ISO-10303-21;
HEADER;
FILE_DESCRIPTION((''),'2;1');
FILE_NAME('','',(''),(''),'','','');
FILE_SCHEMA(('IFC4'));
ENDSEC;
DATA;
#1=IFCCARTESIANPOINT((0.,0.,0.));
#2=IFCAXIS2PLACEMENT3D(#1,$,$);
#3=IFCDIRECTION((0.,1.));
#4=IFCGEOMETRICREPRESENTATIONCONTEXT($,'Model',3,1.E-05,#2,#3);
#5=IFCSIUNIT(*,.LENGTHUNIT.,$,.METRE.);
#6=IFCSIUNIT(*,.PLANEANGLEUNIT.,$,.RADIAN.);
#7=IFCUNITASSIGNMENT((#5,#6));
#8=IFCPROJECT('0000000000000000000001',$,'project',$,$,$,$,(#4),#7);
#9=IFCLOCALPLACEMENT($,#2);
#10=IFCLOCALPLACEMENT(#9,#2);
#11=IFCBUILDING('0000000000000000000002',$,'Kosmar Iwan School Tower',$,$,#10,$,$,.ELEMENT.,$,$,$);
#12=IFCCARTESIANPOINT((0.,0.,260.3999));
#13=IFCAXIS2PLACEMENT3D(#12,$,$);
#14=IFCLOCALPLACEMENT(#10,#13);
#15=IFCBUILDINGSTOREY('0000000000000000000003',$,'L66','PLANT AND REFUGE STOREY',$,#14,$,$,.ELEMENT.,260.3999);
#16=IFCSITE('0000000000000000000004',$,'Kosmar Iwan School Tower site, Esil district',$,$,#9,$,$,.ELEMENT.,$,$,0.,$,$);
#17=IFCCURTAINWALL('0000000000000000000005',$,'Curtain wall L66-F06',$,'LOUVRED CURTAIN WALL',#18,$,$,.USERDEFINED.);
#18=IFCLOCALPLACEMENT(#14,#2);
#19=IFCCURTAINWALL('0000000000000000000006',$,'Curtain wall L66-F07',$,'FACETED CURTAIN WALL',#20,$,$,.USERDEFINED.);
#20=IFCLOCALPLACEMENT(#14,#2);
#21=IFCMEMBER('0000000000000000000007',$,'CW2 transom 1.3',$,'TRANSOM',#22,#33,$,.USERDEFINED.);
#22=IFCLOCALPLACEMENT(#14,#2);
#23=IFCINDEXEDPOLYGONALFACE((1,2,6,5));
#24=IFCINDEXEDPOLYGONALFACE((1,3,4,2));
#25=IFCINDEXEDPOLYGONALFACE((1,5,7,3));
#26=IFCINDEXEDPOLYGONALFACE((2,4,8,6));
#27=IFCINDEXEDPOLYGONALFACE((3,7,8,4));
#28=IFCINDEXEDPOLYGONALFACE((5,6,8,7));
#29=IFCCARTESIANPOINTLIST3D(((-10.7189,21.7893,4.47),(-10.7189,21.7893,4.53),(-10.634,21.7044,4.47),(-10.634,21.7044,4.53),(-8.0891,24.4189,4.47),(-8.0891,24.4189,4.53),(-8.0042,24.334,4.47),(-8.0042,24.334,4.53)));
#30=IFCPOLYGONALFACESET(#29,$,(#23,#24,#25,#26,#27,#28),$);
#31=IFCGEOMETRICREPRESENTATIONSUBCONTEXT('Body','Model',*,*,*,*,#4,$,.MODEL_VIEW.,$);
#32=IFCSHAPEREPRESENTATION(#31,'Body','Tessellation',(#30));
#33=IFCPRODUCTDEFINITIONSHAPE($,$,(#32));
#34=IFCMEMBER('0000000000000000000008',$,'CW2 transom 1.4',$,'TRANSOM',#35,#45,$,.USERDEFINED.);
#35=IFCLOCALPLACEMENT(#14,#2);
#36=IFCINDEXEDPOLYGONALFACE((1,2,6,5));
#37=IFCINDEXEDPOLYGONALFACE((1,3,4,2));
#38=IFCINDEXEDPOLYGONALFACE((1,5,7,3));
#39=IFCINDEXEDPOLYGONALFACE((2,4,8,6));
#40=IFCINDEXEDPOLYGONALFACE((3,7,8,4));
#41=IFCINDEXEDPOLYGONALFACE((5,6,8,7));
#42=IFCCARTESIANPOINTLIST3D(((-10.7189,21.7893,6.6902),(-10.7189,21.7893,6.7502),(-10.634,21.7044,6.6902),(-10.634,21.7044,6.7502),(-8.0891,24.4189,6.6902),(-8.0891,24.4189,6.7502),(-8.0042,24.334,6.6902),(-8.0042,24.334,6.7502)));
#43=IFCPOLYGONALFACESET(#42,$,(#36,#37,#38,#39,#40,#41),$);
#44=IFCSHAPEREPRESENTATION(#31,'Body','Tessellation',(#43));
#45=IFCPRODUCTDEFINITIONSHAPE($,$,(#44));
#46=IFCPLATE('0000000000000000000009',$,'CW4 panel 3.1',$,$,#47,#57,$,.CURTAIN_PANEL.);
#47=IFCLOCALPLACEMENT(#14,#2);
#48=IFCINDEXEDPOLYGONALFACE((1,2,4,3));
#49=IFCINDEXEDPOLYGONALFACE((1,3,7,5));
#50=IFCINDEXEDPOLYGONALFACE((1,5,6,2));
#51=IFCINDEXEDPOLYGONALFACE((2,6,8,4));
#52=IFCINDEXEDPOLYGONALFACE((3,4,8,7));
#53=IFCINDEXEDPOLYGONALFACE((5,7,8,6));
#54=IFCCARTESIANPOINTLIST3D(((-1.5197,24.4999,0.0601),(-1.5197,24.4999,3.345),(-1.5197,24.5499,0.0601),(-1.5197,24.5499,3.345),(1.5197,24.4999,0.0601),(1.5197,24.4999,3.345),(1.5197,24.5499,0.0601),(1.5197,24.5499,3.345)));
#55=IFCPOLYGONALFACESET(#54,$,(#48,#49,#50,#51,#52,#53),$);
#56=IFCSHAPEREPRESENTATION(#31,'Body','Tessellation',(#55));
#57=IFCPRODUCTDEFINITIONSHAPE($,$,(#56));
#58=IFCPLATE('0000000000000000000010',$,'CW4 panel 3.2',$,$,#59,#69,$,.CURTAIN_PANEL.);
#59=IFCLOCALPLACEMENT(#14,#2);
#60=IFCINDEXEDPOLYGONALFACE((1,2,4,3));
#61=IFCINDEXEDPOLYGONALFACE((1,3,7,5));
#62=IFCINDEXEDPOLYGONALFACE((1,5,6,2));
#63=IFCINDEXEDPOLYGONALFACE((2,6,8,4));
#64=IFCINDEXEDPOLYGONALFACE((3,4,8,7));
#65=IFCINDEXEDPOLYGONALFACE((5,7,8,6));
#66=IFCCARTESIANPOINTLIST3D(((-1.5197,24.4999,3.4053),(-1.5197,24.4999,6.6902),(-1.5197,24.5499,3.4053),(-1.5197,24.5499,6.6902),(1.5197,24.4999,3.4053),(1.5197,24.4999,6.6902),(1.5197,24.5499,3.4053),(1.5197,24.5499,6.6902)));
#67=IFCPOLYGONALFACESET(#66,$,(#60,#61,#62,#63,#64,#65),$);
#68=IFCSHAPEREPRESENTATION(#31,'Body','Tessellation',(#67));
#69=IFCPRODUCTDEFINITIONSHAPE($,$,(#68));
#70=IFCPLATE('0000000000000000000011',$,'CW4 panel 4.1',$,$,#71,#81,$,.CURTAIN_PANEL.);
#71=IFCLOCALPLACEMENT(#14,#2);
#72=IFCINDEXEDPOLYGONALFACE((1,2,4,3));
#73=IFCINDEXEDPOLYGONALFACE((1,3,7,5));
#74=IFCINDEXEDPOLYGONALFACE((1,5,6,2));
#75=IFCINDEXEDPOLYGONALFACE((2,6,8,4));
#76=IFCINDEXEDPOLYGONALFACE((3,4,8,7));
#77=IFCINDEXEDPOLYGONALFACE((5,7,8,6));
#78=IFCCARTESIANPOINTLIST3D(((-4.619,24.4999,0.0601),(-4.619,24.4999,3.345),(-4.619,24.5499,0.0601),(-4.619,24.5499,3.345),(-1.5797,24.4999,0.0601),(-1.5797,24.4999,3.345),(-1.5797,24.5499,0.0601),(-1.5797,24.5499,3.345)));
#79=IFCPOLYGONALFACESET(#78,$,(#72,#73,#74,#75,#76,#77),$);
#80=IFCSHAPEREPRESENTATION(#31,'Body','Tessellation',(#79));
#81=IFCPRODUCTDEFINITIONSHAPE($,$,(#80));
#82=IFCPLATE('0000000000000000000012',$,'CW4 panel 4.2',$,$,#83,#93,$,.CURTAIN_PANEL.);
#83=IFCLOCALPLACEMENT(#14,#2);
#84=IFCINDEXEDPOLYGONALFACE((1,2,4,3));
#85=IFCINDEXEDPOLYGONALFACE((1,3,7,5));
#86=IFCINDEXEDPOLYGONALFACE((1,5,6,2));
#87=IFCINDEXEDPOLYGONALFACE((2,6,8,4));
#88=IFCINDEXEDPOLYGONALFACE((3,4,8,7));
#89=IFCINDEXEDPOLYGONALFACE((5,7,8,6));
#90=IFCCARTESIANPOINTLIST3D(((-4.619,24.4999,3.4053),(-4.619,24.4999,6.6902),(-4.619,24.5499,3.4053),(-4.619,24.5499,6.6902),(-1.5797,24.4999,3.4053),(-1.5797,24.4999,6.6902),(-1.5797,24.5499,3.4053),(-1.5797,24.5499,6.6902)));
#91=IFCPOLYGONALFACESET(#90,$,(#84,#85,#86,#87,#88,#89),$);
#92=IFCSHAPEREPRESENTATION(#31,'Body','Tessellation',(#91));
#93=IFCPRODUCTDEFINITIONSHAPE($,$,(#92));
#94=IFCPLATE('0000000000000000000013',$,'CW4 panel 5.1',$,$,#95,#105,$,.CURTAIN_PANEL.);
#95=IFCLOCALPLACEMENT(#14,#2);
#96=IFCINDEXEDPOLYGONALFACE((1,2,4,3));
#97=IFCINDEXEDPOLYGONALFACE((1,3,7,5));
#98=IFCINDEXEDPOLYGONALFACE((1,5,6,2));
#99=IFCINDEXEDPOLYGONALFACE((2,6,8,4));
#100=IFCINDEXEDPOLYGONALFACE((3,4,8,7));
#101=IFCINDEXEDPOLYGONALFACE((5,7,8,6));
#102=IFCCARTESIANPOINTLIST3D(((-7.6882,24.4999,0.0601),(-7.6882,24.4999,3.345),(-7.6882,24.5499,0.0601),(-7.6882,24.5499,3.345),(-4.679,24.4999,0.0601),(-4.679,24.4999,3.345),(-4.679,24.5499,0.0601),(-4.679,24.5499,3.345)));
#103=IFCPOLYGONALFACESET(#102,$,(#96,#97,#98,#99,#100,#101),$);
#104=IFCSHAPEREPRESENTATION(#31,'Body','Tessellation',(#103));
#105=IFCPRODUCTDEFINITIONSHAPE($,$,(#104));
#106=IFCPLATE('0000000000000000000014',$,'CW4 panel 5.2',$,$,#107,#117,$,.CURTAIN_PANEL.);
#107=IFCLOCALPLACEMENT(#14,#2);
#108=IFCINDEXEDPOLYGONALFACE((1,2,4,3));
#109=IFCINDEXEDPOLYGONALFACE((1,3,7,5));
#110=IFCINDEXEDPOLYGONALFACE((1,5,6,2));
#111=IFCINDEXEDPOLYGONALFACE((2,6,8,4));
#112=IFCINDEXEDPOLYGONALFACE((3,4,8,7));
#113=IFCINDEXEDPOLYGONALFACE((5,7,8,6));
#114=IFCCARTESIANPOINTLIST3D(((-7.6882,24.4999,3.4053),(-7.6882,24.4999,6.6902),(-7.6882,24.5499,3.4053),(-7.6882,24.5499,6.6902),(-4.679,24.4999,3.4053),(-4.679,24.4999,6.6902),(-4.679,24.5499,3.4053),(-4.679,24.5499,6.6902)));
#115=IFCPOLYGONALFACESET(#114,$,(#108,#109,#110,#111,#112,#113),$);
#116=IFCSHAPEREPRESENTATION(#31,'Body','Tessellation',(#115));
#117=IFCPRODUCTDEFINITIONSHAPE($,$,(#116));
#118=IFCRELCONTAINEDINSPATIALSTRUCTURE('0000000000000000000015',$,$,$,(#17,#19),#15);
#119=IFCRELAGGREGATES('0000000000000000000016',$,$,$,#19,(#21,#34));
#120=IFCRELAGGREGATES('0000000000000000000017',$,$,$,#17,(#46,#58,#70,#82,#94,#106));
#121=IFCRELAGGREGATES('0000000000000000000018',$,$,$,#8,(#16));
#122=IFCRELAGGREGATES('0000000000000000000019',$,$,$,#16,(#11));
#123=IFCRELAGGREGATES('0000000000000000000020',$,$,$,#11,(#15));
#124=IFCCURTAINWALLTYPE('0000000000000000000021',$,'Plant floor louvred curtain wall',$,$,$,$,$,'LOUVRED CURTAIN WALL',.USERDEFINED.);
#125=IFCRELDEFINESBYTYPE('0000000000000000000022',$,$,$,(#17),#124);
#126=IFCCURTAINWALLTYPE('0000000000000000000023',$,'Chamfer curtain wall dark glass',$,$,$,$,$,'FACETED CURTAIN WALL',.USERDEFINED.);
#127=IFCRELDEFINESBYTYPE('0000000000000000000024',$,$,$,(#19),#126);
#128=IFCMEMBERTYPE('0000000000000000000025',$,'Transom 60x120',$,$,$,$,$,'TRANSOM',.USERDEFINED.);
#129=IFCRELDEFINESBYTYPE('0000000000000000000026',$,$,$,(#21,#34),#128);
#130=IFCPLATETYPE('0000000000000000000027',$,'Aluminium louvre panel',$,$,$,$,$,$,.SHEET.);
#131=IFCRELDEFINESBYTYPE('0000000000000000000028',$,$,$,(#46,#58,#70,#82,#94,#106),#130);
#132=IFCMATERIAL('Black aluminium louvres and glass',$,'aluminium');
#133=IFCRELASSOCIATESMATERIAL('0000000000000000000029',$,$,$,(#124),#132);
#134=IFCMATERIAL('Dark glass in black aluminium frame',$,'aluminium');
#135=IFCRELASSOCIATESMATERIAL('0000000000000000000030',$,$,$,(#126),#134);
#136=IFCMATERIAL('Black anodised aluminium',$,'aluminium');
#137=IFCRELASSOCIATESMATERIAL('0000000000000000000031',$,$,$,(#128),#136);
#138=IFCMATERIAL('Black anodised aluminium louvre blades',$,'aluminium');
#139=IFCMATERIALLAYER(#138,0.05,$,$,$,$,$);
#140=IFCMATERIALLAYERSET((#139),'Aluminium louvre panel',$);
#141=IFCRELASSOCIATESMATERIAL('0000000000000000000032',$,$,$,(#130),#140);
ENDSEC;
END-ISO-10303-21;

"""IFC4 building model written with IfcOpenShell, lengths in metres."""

from ifc_helpers import new_model, si_unit, direction, frame, origin, origin_2d, place, context, subcontext, project, spatial, rectangle, extrude, material, layer, layer_set, material_profile, profile_set, type_object, element, aggregate, save


model = new_model("IFC4")

# Units and contexts
model_context = context("Model", 3, precision=1e-05, world=origin(), true_north=direction((0.0, 1.0)))
body_context = subcontext(model_context, "Body", "Model", "MODEL_VIEW")
ifc_project = project(units=[si_unit("LENGTHUNIT", "METRE"), si_unit("PLANEANGLEUNIT", "RADIAN")], contexts=[model_context])

# Site, building, storey
site_placement = place(None, origin())
site = spatial("IfcSite", under=ifc_project, at=site_placement, Name="Kosmar Iwan School Tower site, Esil district", CompositionType="ELEMENT", RefElevation=0.0)
building_placement = place(site_placement, origin())
building = spatial("IfcBuilding", under=site, at=building_placement, Name="Kosmar Iwan School Tower", CompositionType="ELEMENT")
storey_placement = place(building_placement, frame((0.0, 0.0, 260.3999)))
storey = spatial("IfcBuildingStorey", under=building, at=storey_placement, Name="L66", Description="PLANT AND REFUGE STOREY", CompositionType="ELEMENT", Elevation=260.3999)

# Curtain wall
ifc_material_1 = material(Name="Black aluminium louvres and glass", Category="aluminium")
curtain_wall_type_1 = type_object("IfcCurtainWallType", Name="Plant floor louvred curtain wall", ElementType="LOUVRED CURTAIN WALL", PredefinedType="USERDEFINED", material=ifc_material_1)
curtain_wall_1_placement = place(storey_placement, origin())
curtain_wall_1 = element("IfcCurtainWall", 1, at=curtain_wall_1_placement, inside=storey, type_object=curtain_wall_type_1, Name="Curtain wall L66-F06", ObjectType="LOUVRED CURTAIN WALL", PredefinedType="USERDEFINED")

# Curtain wall
ifc_material_2 = material(Name="Dark glass in black aluminium frame", Category="aluminium")
curtain_wall_type_2 = type_object("IfcCurtainWallType", Name="Chamfer curtain wall dark glass", ElementType="FACETED CURTAIN WALL", PredefinedType="USERDEFINED", material=ifc_material_2)
curtain_wall_2_placement = place(storey_placement, origin())
curtain_wall_2 = element("IfcCurtainWall", 2, at=curtain_wall_2_placement, inside=storey, type_object=curtain_wall_type_2, Name="Curtain wall L66-F07", ObjectType="FACETED CURTAIN WALL", PredefinedType="USERDEFINED")

# Members
ifc_material_3 = material(Name="Black anodised aluminium", Category="aluminium")
ifc_material_profile_1 = material_profile(ifc_material_3, rectangle(XDim=0.1201, YDim=0.0601, at=origin_2d()), Name="TRANSOM 60x120")
ifc_profile_set_1 = profile_set([ifc_material_profile_1], Name="Black anodised aluminium")
member_type_1 = type_object("IfcMemberType", Name="Transom 60x120", ElementType="TRANSOM", PredefinedType="USERDEFINED", material=ifc_profile_set_1)
member_1_placement = place(storey_placement, frame((-8.0466, 24.3765, 4.5), z_axis=(-0.70714, -0.707074, 0.0), x_axis=(0.707074, -0.70714, 0.0)))
member_1 = element("IfcMember", 3, at=member_1_placement, type_object=member_type_1, Name="CW2 transom 1.3", ObjectType="TRANSOM", PredefinedType="USERDEFINED", context=body_context, shape_type="SweptSolid", body=[
    extrude(rectangle(XDim=0.1201, YDim=0.0601, at=origin_2d()), origin(), (0.0, 0.0, 1.0), 3.719),
])
member_2_placement = place(storey_placement, frame((-8.0466, 24.3765, 6.7202), z_axis=(-0.70714, -0.707074, 0.0), x_axis=(0.707074, -0.70714, 0.0)))
member_2 = element("IfcMember", 4, at=member_2_placement, type_object=member_type_1, Name="CW2 transom 1.4", ObjectType="TRANSOM", PredefinedType="USERDEFINED", context=body_context, shape_type="SweptSolid", body=[
    extrude(rectangle(XDim=0.1201, YDim=0.0601, at=origin_2d()), origin(), (0.0, 0.0, 1.0), 3.719),
])
aggregate(curtain_wall_2, [member_1, member_2])

# Plates
ifc_material_4 = material(Name="Black anodised aluminium louvre blades", Category="aluminium")
ifc_layer = layer(ifc_material_4, 0.05)
ifc_layer_set = layer_set([ifc_layer], Name="Aluminium louvre panel")
plate_type = type_object("IfcPlateType", Name="Aluminium louvre panel", PredefinedType="SHEET", material=ifc_layer_set)
plate_1_placement = place(storey_placement, frame((0.0, 24.5249, 0.0601), z_axis=(0.0, 0.0, 1.0), x_axis=(-1.0, 0.0, 0.0)))
plate_1 = element("IfcPlate", 5, at=plate_1_placement, type_object=plate_type, Name="CW4 panel 3.1", PredefinedType="CURTAIN_PANEL", context=body_context, shape_type="SweptSolid", body=[
    extrude(rectangle(XDim=3.0393, YDim=0.05, at=origin_2d()), origin(), (0.0, 0.0, 1.0), 3.2849),
])
plate_2_placement = place(storey_placement, frame((0.0, 24.5249, 3.4053), z_axis=(0.0, 0.0, 1.0), x_axis=(-1.0, 0.0, 0.0)))
plate_2 = element("IfcPlate", 6, at=plate_2_placement, type_object=plate_type, Name="CW4 panel 3.2", PredefinedType="CURTAIN_PANEL", context=body_context, shape_type="SweptSolid", body=[
    extrude(rectangle(XDim=3.0393, YDim=0.05, at=origin_2d()), origin(), (0.0, 0.0, 1.0), 3.2849),
])
plate_3_placement = place(storey_placement, frame((-3.0994, 24.5249, 0.0601), z_axis=(0.0, 0.0, 1.0), x_axis=(-1.0, 0.0, 0.0)))
plate_3 = element("IfcPlate", 7, at=plate_3_placement, type_object=plate_type, Name="CW4 panel 4.1", PredefinedType="CURTAIN_PANEL", context=body_context, shape_type="SweptSolid", body=[
    extrude(rectangle(XDim=3.0393, YDim=0.05, at=origin_2d()), origin(), (0.0, 0.0, 1.0), 3.2849),
])
plate_4_placement = place(storey_placement, frame((-3.0994, 24.5249, 3.4053), z_axis=(0.0, 0.0, 1.0), x_axis=(-1.0, 0.0, 0.0)))
plate_4 = element("IfcPlate", 8, at=plate_4_placement, type_object=plate_type, Name="CW4 panel 4.2", PredefinedType="CURTAIN_PANEL", context=body_context, shape_type="SweptSolid", body=[
    extrude(rectangle(XDim=3.0393, YDim=0.05, at=origin_2d()), origin(), (0.0, 0.0, 1.0), 3.2849),
])
plate_5_placement = place(storey_placement, frame((-6.1836, 24.5249, 0.0601), z_axis=(0.0, 0.0, 1.0), x_axis=(-1.0, 0.0, 0.0)))
plate_5 = element("IfcPlate", 9, at=plate_5_placement, type_object=plate_type, Name="CW4 panel 5.1", PredefinedType="CURTAIN_PANEL", context=body_context, shape_type="SweptSolid", body=[
    extrude(rectangle(XDim=3.0093, YDim=0.05, at=origin_2d()), origin(), (0.0, 0.0, 1.0), 3.2849),
])
plate_6_placement = place(storey_placement, frame((-6.1836, 24.5249, 3.4053), z_axis=(0.0, 0.0, 1.0), x_axis=(-1.0, 0.0, 0.0)))
plate_6 = element("IfcPlate", 10, at=plate_6_placement, type_object=plate_type, Name="CW4 panel 5.2", PredefinedType="CURTAIN_PANEL", context=body_context, shape_type="SweptSolid", body=[
    extrude(rectangle(XDim=3.0093, YDim=0.05, at=origin_2d()), origin(), (0.0, 0.0, 1.0), 3.2849),
])
aggregate(curtain_wall_1, [plate_1, plate_2, plate_3, plate_4, plate_5, plate_6])

save(model, "model.ifc")
